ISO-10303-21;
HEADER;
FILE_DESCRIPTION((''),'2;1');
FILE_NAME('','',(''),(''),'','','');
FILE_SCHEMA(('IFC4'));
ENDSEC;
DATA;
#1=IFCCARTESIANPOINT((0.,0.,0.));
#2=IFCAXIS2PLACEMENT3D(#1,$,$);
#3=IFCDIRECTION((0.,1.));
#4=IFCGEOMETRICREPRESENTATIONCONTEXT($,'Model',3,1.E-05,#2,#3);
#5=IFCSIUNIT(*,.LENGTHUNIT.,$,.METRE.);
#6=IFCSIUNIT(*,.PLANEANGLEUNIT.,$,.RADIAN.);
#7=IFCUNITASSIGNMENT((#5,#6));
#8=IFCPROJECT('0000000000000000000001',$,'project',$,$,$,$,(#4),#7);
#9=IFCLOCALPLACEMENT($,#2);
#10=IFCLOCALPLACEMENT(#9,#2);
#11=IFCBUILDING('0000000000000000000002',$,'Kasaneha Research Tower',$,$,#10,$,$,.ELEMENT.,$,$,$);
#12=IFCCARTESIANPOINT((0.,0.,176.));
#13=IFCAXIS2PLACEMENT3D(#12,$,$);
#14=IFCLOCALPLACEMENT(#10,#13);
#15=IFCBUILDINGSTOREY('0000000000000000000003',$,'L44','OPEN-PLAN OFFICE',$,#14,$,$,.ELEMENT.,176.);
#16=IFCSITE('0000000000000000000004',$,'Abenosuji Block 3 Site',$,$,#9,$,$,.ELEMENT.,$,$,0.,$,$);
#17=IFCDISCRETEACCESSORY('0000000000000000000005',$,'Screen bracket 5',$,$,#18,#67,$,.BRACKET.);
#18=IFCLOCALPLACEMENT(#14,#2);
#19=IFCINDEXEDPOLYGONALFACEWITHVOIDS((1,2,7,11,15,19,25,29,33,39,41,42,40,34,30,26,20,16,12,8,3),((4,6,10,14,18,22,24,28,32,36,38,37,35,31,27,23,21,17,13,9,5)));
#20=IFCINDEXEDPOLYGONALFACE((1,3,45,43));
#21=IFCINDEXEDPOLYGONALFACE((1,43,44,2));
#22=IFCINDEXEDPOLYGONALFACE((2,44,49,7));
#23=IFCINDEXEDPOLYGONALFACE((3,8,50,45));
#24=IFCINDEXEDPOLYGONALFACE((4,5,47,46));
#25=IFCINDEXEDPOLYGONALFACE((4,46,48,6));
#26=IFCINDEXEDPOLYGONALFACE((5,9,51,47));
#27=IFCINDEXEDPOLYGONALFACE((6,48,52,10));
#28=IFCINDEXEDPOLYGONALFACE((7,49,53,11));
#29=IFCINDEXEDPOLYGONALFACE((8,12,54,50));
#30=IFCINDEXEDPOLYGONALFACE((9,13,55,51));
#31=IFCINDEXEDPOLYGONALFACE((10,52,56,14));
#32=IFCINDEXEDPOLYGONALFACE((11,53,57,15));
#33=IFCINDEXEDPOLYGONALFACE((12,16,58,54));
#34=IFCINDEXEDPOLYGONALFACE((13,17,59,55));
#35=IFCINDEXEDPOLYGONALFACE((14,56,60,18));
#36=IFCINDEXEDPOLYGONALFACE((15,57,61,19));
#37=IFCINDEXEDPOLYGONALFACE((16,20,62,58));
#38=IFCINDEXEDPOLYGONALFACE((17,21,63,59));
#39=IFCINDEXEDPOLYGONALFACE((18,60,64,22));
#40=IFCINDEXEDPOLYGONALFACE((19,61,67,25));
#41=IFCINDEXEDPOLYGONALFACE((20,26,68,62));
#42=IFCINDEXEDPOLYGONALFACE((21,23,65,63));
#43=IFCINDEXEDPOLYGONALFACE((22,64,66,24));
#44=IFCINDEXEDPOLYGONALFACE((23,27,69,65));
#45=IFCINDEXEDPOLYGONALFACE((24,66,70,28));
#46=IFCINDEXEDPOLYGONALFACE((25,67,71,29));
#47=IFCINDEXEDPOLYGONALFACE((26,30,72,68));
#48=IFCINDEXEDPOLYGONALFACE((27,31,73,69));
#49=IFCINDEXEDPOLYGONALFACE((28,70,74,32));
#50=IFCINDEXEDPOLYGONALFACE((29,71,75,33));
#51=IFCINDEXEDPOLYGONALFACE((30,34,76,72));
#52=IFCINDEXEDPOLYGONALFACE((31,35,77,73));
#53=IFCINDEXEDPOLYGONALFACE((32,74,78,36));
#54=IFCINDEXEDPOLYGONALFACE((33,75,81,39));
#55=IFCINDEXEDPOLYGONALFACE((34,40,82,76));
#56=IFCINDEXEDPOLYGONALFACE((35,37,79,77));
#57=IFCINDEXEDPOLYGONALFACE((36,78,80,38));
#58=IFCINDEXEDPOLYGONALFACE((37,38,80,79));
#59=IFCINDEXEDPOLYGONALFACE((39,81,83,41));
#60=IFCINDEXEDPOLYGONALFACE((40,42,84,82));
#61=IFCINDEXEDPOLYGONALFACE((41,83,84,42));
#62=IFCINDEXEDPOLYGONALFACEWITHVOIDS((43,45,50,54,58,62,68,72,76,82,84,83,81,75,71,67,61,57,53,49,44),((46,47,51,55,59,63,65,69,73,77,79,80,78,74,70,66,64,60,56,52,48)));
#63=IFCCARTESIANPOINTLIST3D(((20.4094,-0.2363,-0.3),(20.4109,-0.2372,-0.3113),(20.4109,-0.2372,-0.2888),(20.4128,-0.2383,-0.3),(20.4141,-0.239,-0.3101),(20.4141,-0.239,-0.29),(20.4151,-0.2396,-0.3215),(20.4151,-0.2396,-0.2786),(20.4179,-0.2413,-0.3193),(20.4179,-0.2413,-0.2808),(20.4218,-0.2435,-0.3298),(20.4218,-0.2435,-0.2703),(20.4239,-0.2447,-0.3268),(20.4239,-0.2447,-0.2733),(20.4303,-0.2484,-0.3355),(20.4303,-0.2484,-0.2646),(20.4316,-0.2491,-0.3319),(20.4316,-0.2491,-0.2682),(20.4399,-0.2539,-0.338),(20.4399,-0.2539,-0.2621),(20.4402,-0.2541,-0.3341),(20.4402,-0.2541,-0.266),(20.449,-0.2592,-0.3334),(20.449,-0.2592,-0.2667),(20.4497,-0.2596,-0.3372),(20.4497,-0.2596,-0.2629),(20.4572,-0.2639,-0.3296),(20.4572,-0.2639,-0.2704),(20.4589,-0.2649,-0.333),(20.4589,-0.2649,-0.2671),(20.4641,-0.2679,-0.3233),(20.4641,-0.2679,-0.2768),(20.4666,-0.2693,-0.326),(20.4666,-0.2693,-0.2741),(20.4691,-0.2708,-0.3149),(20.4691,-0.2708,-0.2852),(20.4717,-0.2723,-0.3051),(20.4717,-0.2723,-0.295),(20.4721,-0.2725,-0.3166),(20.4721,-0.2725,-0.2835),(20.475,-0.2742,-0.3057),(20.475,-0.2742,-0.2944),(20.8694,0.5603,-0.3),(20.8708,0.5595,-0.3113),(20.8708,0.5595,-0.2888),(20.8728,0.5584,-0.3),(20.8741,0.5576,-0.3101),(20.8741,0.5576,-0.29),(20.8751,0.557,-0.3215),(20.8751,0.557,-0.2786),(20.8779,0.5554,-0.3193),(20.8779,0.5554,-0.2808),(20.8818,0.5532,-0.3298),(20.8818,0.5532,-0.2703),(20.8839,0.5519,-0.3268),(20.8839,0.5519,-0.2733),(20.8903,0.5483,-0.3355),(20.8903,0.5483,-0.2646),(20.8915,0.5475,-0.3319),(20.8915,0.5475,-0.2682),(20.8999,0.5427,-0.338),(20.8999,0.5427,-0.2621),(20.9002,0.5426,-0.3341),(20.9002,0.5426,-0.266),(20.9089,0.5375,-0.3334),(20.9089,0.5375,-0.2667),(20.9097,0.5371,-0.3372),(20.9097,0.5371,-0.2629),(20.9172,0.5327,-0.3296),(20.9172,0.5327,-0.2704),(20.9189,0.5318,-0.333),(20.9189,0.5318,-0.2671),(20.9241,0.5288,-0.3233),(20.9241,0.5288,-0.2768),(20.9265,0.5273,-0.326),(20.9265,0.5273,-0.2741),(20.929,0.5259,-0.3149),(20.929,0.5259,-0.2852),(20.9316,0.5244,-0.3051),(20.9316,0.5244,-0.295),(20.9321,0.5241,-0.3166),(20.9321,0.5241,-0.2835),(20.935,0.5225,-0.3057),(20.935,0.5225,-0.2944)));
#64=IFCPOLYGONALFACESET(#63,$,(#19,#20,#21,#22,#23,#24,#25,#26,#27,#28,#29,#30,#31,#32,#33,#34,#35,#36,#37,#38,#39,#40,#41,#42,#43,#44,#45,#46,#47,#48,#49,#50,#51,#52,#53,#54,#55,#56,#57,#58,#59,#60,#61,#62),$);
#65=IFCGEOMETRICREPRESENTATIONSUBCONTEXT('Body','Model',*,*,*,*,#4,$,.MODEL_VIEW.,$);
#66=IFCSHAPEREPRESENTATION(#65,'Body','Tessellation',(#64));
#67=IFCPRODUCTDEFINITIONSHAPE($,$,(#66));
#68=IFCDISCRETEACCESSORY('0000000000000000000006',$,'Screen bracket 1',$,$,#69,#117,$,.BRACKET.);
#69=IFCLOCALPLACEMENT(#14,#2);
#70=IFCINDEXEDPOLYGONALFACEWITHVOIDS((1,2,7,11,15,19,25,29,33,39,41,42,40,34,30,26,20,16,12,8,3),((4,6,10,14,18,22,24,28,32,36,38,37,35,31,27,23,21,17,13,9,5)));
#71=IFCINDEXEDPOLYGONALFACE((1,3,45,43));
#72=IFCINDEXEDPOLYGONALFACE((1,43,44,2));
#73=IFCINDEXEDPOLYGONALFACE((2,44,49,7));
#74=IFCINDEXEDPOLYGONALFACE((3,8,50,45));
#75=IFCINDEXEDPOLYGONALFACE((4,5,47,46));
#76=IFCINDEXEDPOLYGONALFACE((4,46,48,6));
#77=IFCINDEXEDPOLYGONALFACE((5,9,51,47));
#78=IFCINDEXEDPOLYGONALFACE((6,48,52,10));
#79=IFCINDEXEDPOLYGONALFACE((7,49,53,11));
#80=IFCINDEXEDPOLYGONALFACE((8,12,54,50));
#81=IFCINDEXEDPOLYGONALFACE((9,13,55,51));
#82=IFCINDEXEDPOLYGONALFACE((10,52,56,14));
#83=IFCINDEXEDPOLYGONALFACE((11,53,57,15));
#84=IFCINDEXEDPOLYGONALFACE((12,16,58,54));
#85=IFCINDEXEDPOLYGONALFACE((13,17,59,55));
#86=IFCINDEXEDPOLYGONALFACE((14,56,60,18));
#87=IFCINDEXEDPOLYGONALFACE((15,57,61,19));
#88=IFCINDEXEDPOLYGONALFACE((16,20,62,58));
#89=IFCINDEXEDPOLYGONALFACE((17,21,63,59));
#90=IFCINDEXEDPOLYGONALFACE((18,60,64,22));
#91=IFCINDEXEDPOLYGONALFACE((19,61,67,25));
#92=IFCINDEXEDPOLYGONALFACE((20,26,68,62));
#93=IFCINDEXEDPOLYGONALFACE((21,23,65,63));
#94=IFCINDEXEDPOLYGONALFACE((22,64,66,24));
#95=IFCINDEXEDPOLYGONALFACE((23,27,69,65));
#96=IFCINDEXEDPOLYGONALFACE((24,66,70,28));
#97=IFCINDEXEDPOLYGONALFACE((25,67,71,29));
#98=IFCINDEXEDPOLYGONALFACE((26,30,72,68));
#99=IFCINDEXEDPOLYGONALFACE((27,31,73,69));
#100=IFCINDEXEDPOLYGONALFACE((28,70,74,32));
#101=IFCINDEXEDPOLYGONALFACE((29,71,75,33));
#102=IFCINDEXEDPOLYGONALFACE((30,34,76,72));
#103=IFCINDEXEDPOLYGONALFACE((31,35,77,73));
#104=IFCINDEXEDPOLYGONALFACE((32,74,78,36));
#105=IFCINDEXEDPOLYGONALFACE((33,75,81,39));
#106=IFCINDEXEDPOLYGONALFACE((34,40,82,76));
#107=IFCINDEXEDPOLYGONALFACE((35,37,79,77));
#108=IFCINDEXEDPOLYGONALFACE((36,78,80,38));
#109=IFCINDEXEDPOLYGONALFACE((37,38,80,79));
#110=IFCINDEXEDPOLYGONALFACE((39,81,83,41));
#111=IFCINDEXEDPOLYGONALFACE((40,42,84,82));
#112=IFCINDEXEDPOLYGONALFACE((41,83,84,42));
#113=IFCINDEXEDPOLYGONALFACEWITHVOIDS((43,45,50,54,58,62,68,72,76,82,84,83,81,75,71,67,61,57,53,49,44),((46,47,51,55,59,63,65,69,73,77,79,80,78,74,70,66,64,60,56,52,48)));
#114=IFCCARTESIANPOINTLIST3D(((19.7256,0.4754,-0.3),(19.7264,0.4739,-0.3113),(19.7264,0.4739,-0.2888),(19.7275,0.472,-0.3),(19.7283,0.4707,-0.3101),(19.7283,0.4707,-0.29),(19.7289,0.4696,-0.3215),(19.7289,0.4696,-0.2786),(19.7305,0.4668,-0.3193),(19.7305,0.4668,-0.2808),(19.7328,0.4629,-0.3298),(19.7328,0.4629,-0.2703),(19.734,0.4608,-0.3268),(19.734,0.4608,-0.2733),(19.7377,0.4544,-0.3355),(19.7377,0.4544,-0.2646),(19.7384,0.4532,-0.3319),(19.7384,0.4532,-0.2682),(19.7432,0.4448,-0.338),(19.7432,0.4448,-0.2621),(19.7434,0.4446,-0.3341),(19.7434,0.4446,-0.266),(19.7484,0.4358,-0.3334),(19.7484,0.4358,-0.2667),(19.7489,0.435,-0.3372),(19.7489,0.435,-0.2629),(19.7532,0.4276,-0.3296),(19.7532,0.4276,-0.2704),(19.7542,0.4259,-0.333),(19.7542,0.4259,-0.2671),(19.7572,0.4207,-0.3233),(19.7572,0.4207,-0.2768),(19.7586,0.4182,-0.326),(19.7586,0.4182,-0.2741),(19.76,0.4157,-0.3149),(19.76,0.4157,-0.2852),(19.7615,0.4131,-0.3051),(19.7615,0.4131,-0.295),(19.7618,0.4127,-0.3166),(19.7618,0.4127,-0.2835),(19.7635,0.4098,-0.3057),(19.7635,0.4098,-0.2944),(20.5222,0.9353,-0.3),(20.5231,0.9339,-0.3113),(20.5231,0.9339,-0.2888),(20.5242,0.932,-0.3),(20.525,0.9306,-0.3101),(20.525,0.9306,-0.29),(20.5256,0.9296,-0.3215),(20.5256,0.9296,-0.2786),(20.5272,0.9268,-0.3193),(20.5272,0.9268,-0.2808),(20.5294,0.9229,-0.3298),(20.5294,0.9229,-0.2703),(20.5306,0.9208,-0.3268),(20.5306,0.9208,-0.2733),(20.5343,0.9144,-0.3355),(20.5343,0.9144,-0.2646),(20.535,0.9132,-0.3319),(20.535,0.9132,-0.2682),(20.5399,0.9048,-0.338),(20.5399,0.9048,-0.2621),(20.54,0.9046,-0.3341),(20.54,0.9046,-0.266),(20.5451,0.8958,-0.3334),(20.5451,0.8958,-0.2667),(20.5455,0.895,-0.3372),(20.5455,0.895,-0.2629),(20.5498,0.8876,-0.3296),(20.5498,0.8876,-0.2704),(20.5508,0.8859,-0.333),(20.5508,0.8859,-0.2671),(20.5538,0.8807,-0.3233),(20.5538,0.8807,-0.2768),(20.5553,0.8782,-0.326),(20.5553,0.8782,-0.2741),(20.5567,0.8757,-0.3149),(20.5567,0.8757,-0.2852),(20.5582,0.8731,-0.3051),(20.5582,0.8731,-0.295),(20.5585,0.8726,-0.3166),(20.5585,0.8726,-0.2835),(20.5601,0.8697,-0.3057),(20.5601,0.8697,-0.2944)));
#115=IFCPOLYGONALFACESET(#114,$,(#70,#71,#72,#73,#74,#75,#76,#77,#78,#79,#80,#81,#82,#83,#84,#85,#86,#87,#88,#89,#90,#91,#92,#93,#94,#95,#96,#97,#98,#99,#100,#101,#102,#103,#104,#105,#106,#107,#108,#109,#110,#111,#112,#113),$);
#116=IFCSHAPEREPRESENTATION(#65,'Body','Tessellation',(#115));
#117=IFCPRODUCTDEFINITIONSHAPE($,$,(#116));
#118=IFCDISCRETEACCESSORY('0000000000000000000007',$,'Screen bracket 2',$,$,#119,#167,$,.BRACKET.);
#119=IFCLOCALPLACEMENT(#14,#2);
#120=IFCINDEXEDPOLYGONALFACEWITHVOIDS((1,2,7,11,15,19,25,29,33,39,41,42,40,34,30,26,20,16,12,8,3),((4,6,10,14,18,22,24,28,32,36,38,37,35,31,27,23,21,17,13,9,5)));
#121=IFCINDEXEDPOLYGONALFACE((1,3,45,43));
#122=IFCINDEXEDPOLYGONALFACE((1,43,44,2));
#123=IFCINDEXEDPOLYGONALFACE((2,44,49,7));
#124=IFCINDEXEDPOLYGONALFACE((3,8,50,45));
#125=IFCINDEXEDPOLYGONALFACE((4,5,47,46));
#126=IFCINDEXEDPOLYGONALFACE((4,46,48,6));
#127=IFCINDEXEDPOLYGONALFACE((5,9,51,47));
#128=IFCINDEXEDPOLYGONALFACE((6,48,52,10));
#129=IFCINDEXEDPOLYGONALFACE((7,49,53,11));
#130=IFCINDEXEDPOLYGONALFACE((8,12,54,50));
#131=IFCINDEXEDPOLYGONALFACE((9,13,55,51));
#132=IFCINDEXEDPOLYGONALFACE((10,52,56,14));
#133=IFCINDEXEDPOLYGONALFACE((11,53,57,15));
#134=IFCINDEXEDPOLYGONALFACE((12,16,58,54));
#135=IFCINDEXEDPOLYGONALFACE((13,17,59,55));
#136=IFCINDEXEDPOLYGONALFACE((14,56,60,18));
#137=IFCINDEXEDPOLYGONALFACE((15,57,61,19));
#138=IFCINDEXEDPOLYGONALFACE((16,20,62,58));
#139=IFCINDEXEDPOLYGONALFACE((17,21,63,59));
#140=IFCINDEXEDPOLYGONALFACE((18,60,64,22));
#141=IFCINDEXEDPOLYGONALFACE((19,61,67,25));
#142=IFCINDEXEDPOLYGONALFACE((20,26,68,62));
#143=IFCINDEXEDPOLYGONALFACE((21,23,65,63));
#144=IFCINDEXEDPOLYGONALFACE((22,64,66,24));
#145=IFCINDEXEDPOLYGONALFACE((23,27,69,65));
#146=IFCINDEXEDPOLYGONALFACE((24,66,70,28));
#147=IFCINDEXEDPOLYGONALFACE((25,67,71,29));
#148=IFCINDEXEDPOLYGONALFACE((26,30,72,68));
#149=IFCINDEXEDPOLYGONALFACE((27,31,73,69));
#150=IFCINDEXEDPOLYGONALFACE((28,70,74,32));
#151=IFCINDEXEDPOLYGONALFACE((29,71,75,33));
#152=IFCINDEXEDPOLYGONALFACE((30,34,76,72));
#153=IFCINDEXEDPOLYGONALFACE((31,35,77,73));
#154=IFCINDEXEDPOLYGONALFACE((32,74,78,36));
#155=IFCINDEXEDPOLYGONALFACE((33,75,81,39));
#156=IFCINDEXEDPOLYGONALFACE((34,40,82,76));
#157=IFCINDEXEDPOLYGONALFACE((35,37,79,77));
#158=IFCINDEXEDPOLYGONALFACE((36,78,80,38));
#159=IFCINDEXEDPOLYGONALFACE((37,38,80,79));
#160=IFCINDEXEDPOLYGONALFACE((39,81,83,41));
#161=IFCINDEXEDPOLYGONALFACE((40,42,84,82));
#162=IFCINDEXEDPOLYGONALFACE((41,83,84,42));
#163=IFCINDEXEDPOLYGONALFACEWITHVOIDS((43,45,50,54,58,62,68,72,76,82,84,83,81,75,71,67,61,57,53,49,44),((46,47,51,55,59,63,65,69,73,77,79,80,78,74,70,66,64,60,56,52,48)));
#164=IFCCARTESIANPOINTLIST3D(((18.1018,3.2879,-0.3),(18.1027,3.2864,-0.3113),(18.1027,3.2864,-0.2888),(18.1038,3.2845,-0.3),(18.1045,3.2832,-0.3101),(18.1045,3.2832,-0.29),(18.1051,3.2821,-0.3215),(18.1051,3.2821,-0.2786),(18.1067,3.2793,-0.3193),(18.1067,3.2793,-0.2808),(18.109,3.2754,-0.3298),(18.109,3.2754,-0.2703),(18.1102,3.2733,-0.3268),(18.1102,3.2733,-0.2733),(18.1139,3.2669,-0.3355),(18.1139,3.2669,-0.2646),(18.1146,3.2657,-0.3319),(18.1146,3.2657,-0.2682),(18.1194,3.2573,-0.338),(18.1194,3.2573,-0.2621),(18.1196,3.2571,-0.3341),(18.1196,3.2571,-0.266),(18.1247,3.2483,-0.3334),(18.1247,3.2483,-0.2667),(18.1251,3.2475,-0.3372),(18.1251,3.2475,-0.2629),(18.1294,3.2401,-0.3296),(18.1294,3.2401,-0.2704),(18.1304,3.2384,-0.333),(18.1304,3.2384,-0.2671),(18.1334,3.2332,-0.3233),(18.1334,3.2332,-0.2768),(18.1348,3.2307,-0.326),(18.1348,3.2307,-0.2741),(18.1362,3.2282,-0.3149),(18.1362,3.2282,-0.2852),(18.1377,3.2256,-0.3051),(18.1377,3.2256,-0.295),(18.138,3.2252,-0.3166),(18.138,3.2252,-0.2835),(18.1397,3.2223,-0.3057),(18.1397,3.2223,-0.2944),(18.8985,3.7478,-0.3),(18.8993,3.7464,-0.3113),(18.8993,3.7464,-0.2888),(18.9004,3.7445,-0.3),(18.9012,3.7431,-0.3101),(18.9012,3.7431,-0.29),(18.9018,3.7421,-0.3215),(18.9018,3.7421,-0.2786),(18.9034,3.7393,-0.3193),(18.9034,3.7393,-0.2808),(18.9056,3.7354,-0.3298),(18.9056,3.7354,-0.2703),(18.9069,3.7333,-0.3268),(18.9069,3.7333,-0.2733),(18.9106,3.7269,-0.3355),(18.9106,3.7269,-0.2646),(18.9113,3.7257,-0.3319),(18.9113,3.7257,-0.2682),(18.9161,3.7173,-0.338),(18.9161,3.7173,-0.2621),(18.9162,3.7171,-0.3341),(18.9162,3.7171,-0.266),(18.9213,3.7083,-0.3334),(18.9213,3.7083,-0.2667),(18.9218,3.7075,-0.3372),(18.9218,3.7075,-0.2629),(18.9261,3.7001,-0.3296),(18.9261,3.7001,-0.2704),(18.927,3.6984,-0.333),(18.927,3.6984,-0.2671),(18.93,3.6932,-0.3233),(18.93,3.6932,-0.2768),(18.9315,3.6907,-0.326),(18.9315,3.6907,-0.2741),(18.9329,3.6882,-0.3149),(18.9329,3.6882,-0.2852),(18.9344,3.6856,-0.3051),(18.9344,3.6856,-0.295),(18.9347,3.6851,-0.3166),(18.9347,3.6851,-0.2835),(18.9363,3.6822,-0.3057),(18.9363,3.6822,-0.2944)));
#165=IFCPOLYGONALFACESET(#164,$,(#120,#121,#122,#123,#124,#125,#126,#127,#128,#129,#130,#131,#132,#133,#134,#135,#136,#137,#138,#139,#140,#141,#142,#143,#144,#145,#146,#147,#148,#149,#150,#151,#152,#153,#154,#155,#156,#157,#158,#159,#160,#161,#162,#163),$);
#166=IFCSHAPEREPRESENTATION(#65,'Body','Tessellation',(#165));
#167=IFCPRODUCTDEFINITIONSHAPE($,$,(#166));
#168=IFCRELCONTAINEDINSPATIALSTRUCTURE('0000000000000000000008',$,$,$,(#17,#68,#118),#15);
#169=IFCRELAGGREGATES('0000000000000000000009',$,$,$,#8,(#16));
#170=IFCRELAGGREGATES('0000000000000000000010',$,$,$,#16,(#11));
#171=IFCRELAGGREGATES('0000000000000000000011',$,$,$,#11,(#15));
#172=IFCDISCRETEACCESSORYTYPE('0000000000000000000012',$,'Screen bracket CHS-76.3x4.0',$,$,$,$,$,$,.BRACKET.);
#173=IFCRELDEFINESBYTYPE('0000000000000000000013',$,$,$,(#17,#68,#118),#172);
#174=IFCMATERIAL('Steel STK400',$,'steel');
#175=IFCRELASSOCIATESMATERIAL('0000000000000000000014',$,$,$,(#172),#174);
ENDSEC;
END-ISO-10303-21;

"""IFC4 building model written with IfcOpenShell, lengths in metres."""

from ifc_helpers import new_model, si_unit, direction, frame, origin, origin_2d, place, context, subcontext, project, spatial, hollow_circle, extrude, material, material_profile, profile_set, type_object, element, save


model = new_model("IFC4")

# Units and contexts
model_context = context("Model", 3, precision=1e-05, world=origin(), true_north=direction((0.0, 1.0)))
body_context = subcontext(model_context, "Body", "Model", "MODEL_VIEW")
ifc_project = project(units=[si_unit("LENGTHUNIT", "METRE"), si_unit("PLANEANGLEUNIT", "RADIAN")], contexts=[model_context])

# Site, building, storey
site_placement = place(None, origin())
site = spatial("IfcSite", under=ifc_project, at=site_placement, Name="Abenosuji Block 3 Site", CompositionType="ELEMENT", RefElevation=0.0)
building_placement = place(site_placement, origin())
building = spatial("IfcBuilding", under=site, at=building_placement, Name="Kasaneha Research Tower", CompositionType="ELEMENT")
storey_placement = place(building_placement, frame((0.0, 0.0, 176.0)))
storey = spatial("IfcBuildingStorey", under=building, at=storey_placement, Name="L44", Description="OPEN-PLAN OFFICE", CompositionType="ELEMENT", Elevation=176.0)

# Discrete accessories
ifc_material_1 = material(Name="Steel STK400", Category="steel")
ifc_material_profile_1 = material_profile(ifc_material_1, hollow_circle(Radius=0.0381, WallThickness=0.0039, at=origin_2d()), Name="CHS-76.3x4.0")
ifc_profile_set_1 = profile_set([ifc_material_profile_1], Name="Steel STK400")
discrete_accessory_type = type_object("IfcDiscreteAccessoryType", Name="Screen bracket CHS-76.3x4.0", PredefinedType="BRACKET", material=ifc_profile_set_1)
for number, where, z_axis, x_axis, name in (
    (1, (20.4424, -0.2554, -0.3), (0.500021, 0.866013, 0.0), (-0.866013, 0.500021, 0.0), "Screen bracket 5"),
    (2, (19.7446, 0.4424, -0.3), (0.866013, 0.500021, 0.0), (-0.500021, 0.866013, 0.0), "Screen bracket 1"),
    (3, (18.1208, 3.2549, -0.3), (0.866013, 0.500021, 0.0), (-0.500021, 0.866013, 0.0), "Screen bracket 2"),
):
    element("IfcDiscreteAccessory", number, at=place(storey_placement, frame(where, z_axis=z_axis, x_axis=x_axis)), inside=storey, type_object=discrete_accessory_type, Name=name, PredefinedType="BRACKET", context=body_context, shape_type="SweptSolid", body=[
        extrude(hollow_circle(Radius=0.0381, WallThickness=0.0039, at=origin_2d()), origin(), (0.0, 0.0, 1.0), 0.9199),
    ])

save(model, "model.ifc")
